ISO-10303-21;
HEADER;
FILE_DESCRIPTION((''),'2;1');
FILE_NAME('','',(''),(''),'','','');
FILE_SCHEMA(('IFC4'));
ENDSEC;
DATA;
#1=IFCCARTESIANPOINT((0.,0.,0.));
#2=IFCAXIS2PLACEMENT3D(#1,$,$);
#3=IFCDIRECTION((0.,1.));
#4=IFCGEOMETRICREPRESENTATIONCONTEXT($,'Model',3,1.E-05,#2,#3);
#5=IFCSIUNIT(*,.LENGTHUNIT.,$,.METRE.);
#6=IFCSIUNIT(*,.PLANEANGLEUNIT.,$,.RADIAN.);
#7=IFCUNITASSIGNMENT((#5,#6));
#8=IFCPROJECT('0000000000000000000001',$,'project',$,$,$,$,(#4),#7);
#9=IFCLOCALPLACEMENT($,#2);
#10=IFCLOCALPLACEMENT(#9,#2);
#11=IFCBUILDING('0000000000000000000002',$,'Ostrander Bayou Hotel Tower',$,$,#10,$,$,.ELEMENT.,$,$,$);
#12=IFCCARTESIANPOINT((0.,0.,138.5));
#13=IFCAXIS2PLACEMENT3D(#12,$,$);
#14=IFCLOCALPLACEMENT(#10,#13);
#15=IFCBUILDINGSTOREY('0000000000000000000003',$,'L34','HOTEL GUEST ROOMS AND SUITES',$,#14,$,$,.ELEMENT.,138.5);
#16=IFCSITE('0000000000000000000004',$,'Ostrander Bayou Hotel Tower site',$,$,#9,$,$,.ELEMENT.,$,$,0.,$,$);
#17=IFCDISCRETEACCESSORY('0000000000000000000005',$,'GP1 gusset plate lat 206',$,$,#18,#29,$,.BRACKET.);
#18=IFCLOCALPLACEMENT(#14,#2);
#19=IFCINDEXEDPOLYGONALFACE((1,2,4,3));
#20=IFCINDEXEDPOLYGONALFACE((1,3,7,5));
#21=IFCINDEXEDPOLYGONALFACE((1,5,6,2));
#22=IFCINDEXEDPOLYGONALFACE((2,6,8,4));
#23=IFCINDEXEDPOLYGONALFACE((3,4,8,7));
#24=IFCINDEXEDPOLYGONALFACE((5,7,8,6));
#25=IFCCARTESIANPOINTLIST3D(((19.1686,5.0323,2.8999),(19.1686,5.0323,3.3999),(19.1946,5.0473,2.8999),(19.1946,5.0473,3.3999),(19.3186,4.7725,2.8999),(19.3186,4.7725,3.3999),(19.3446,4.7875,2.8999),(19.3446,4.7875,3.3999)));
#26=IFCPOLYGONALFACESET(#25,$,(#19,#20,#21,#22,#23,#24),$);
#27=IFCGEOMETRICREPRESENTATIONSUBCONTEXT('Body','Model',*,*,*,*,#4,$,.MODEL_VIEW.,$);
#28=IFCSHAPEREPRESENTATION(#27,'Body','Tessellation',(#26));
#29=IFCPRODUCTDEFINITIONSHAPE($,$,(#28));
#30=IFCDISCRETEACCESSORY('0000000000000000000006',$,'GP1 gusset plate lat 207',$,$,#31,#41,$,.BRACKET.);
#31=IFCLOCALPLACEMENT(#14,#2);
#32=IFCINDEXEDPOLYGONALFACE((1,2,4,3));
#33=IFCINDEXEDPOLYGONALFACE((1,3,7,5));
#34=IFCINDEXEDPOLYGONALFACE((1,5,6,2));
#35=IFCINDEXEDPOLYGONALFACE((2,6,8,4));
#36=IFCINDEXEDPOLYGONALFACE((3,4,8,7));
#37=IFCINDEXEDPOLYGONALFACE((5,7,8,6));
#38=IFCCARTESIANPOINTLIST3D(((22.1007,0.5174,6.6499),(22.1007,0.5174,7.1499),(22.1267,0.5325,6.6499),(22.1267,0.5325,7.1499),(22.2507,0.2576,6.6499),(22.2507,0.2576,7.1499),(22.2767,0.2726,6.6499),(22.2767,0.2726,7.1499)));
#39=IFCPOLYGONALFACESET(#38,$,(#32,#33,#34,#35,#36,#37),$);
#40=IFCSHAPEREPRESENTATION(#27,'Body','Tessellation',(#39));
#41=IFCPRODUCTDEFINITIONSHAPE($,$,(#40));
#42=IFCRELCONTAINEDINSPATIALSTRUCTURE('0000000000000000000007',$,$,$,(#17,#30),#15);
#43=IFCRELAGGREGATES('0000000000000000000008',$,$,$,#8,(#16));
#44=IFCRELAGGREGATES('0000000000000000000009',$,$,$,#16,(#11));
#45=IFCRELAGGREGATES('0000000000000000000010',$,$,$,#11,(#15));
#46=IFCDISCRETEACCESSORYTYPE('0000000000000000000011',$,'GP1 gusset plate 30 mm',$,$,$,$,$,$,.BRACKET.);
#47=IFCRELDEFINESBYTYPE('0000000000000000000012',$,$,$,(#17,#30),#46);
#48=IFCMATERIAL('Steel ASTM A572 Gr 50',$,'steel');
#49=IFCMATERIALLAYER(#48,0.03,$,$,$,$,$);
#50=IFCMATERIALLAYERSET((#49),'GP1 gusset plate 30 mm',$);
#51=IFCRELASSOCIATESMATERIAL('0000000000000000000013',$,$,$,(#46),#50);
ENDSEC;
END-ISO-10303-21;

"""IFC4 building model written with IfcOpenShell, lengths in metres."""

from ifc_helpers import new_model, si_unit, direction, frame, origin, origin_2d, place, context, subcontext, project, spatial, rectangle, extrude, material, layer, layer_set, type_object, element, save


model = new_model("IFC4")

# Units and contexts
model_context = context("Model", 3, precision=1e-05, world=origin(), true_north=direction((0.0, 1.0)))
body_context = subcontext(model_context, "Body", "Model", "MODEL_VIEW")
ifc_project = project(units=[si_unit("LENGTHUNIT", "METRE"), si_unit("PLANEANGLEUNIT", "RADIAN")], contexts=[model_context])

# Site, building, storey
site_placement = place(None, origin())
site = spatial("IfcSite", under=ifc_project, at=site_placement, Name="Ostrander Bayou Hotel Tower site", CompositionType="ELEMENT", RefElevation=0.0)
building_placement = place(site_placement, origin())
building = spatial("IfcBuilding", under=site, at=building_placement, Name="Ostrander Bayou Hotel Tower", CompositionType="ELEMENT")
storey_placement = place(building_placement, frame((0.0, 0.0, 138.5)))
storey = spatial("IfcBuildingStorey", under=building, at=storey_placement, Name="L34", Description="HOTEL GUEST ROOMS AND SUITES", CompositionType="ELEMENT", Elevation=138.5)

# Discrete accessories
ifc_material_1 = material(Name="Steel ASTM A572 Gr 50", Category="steel")
ifc_layer_1 = layer(ifc_material_1, 0.03)
ifc_layer_set_1 = layer_set([ifc_layer_1], Name="GP1 gusset plate 30 mm")
discrete_accessory_type = type_object("IfcDiscreteAccessoryType", Name="GP1 gusset plate 30 mm", PredefinedType="BRACKET", material=ifc_layer_set_1)
for number, where, z_axis, x_axis, name in (
    (1, (19.2566, 4.9099, 2.8999), (0.0, 0.0, 1.0), (-0.5, 0.866025, 0.0), "GP1 gusset plate lat 206"),
    (2, (22.1887, 0.395, 6.6499), (0.0, 0.0, 1.0), (-0.5, 0.866025, 0.0), "GP1 gusset plate lat 207"),
):
    element("IfcDiscreteAccessory", number, at=place(storey_placement, frame(where, z_axis=z_axis, x_axis=x_axis)), inside=storey, type_object=discrete_accessory_type, Name=name, PredefinedType="BRACKET", context=body_context, shape_type="SweptSolid", body=[
        extrude(rectangle(XDim=0.3, YDim=0.03, at=origin_2d()), origin(), (0.0, 0.0, 1.0), 0.5),
    ])

save(model, "model.ifc")
